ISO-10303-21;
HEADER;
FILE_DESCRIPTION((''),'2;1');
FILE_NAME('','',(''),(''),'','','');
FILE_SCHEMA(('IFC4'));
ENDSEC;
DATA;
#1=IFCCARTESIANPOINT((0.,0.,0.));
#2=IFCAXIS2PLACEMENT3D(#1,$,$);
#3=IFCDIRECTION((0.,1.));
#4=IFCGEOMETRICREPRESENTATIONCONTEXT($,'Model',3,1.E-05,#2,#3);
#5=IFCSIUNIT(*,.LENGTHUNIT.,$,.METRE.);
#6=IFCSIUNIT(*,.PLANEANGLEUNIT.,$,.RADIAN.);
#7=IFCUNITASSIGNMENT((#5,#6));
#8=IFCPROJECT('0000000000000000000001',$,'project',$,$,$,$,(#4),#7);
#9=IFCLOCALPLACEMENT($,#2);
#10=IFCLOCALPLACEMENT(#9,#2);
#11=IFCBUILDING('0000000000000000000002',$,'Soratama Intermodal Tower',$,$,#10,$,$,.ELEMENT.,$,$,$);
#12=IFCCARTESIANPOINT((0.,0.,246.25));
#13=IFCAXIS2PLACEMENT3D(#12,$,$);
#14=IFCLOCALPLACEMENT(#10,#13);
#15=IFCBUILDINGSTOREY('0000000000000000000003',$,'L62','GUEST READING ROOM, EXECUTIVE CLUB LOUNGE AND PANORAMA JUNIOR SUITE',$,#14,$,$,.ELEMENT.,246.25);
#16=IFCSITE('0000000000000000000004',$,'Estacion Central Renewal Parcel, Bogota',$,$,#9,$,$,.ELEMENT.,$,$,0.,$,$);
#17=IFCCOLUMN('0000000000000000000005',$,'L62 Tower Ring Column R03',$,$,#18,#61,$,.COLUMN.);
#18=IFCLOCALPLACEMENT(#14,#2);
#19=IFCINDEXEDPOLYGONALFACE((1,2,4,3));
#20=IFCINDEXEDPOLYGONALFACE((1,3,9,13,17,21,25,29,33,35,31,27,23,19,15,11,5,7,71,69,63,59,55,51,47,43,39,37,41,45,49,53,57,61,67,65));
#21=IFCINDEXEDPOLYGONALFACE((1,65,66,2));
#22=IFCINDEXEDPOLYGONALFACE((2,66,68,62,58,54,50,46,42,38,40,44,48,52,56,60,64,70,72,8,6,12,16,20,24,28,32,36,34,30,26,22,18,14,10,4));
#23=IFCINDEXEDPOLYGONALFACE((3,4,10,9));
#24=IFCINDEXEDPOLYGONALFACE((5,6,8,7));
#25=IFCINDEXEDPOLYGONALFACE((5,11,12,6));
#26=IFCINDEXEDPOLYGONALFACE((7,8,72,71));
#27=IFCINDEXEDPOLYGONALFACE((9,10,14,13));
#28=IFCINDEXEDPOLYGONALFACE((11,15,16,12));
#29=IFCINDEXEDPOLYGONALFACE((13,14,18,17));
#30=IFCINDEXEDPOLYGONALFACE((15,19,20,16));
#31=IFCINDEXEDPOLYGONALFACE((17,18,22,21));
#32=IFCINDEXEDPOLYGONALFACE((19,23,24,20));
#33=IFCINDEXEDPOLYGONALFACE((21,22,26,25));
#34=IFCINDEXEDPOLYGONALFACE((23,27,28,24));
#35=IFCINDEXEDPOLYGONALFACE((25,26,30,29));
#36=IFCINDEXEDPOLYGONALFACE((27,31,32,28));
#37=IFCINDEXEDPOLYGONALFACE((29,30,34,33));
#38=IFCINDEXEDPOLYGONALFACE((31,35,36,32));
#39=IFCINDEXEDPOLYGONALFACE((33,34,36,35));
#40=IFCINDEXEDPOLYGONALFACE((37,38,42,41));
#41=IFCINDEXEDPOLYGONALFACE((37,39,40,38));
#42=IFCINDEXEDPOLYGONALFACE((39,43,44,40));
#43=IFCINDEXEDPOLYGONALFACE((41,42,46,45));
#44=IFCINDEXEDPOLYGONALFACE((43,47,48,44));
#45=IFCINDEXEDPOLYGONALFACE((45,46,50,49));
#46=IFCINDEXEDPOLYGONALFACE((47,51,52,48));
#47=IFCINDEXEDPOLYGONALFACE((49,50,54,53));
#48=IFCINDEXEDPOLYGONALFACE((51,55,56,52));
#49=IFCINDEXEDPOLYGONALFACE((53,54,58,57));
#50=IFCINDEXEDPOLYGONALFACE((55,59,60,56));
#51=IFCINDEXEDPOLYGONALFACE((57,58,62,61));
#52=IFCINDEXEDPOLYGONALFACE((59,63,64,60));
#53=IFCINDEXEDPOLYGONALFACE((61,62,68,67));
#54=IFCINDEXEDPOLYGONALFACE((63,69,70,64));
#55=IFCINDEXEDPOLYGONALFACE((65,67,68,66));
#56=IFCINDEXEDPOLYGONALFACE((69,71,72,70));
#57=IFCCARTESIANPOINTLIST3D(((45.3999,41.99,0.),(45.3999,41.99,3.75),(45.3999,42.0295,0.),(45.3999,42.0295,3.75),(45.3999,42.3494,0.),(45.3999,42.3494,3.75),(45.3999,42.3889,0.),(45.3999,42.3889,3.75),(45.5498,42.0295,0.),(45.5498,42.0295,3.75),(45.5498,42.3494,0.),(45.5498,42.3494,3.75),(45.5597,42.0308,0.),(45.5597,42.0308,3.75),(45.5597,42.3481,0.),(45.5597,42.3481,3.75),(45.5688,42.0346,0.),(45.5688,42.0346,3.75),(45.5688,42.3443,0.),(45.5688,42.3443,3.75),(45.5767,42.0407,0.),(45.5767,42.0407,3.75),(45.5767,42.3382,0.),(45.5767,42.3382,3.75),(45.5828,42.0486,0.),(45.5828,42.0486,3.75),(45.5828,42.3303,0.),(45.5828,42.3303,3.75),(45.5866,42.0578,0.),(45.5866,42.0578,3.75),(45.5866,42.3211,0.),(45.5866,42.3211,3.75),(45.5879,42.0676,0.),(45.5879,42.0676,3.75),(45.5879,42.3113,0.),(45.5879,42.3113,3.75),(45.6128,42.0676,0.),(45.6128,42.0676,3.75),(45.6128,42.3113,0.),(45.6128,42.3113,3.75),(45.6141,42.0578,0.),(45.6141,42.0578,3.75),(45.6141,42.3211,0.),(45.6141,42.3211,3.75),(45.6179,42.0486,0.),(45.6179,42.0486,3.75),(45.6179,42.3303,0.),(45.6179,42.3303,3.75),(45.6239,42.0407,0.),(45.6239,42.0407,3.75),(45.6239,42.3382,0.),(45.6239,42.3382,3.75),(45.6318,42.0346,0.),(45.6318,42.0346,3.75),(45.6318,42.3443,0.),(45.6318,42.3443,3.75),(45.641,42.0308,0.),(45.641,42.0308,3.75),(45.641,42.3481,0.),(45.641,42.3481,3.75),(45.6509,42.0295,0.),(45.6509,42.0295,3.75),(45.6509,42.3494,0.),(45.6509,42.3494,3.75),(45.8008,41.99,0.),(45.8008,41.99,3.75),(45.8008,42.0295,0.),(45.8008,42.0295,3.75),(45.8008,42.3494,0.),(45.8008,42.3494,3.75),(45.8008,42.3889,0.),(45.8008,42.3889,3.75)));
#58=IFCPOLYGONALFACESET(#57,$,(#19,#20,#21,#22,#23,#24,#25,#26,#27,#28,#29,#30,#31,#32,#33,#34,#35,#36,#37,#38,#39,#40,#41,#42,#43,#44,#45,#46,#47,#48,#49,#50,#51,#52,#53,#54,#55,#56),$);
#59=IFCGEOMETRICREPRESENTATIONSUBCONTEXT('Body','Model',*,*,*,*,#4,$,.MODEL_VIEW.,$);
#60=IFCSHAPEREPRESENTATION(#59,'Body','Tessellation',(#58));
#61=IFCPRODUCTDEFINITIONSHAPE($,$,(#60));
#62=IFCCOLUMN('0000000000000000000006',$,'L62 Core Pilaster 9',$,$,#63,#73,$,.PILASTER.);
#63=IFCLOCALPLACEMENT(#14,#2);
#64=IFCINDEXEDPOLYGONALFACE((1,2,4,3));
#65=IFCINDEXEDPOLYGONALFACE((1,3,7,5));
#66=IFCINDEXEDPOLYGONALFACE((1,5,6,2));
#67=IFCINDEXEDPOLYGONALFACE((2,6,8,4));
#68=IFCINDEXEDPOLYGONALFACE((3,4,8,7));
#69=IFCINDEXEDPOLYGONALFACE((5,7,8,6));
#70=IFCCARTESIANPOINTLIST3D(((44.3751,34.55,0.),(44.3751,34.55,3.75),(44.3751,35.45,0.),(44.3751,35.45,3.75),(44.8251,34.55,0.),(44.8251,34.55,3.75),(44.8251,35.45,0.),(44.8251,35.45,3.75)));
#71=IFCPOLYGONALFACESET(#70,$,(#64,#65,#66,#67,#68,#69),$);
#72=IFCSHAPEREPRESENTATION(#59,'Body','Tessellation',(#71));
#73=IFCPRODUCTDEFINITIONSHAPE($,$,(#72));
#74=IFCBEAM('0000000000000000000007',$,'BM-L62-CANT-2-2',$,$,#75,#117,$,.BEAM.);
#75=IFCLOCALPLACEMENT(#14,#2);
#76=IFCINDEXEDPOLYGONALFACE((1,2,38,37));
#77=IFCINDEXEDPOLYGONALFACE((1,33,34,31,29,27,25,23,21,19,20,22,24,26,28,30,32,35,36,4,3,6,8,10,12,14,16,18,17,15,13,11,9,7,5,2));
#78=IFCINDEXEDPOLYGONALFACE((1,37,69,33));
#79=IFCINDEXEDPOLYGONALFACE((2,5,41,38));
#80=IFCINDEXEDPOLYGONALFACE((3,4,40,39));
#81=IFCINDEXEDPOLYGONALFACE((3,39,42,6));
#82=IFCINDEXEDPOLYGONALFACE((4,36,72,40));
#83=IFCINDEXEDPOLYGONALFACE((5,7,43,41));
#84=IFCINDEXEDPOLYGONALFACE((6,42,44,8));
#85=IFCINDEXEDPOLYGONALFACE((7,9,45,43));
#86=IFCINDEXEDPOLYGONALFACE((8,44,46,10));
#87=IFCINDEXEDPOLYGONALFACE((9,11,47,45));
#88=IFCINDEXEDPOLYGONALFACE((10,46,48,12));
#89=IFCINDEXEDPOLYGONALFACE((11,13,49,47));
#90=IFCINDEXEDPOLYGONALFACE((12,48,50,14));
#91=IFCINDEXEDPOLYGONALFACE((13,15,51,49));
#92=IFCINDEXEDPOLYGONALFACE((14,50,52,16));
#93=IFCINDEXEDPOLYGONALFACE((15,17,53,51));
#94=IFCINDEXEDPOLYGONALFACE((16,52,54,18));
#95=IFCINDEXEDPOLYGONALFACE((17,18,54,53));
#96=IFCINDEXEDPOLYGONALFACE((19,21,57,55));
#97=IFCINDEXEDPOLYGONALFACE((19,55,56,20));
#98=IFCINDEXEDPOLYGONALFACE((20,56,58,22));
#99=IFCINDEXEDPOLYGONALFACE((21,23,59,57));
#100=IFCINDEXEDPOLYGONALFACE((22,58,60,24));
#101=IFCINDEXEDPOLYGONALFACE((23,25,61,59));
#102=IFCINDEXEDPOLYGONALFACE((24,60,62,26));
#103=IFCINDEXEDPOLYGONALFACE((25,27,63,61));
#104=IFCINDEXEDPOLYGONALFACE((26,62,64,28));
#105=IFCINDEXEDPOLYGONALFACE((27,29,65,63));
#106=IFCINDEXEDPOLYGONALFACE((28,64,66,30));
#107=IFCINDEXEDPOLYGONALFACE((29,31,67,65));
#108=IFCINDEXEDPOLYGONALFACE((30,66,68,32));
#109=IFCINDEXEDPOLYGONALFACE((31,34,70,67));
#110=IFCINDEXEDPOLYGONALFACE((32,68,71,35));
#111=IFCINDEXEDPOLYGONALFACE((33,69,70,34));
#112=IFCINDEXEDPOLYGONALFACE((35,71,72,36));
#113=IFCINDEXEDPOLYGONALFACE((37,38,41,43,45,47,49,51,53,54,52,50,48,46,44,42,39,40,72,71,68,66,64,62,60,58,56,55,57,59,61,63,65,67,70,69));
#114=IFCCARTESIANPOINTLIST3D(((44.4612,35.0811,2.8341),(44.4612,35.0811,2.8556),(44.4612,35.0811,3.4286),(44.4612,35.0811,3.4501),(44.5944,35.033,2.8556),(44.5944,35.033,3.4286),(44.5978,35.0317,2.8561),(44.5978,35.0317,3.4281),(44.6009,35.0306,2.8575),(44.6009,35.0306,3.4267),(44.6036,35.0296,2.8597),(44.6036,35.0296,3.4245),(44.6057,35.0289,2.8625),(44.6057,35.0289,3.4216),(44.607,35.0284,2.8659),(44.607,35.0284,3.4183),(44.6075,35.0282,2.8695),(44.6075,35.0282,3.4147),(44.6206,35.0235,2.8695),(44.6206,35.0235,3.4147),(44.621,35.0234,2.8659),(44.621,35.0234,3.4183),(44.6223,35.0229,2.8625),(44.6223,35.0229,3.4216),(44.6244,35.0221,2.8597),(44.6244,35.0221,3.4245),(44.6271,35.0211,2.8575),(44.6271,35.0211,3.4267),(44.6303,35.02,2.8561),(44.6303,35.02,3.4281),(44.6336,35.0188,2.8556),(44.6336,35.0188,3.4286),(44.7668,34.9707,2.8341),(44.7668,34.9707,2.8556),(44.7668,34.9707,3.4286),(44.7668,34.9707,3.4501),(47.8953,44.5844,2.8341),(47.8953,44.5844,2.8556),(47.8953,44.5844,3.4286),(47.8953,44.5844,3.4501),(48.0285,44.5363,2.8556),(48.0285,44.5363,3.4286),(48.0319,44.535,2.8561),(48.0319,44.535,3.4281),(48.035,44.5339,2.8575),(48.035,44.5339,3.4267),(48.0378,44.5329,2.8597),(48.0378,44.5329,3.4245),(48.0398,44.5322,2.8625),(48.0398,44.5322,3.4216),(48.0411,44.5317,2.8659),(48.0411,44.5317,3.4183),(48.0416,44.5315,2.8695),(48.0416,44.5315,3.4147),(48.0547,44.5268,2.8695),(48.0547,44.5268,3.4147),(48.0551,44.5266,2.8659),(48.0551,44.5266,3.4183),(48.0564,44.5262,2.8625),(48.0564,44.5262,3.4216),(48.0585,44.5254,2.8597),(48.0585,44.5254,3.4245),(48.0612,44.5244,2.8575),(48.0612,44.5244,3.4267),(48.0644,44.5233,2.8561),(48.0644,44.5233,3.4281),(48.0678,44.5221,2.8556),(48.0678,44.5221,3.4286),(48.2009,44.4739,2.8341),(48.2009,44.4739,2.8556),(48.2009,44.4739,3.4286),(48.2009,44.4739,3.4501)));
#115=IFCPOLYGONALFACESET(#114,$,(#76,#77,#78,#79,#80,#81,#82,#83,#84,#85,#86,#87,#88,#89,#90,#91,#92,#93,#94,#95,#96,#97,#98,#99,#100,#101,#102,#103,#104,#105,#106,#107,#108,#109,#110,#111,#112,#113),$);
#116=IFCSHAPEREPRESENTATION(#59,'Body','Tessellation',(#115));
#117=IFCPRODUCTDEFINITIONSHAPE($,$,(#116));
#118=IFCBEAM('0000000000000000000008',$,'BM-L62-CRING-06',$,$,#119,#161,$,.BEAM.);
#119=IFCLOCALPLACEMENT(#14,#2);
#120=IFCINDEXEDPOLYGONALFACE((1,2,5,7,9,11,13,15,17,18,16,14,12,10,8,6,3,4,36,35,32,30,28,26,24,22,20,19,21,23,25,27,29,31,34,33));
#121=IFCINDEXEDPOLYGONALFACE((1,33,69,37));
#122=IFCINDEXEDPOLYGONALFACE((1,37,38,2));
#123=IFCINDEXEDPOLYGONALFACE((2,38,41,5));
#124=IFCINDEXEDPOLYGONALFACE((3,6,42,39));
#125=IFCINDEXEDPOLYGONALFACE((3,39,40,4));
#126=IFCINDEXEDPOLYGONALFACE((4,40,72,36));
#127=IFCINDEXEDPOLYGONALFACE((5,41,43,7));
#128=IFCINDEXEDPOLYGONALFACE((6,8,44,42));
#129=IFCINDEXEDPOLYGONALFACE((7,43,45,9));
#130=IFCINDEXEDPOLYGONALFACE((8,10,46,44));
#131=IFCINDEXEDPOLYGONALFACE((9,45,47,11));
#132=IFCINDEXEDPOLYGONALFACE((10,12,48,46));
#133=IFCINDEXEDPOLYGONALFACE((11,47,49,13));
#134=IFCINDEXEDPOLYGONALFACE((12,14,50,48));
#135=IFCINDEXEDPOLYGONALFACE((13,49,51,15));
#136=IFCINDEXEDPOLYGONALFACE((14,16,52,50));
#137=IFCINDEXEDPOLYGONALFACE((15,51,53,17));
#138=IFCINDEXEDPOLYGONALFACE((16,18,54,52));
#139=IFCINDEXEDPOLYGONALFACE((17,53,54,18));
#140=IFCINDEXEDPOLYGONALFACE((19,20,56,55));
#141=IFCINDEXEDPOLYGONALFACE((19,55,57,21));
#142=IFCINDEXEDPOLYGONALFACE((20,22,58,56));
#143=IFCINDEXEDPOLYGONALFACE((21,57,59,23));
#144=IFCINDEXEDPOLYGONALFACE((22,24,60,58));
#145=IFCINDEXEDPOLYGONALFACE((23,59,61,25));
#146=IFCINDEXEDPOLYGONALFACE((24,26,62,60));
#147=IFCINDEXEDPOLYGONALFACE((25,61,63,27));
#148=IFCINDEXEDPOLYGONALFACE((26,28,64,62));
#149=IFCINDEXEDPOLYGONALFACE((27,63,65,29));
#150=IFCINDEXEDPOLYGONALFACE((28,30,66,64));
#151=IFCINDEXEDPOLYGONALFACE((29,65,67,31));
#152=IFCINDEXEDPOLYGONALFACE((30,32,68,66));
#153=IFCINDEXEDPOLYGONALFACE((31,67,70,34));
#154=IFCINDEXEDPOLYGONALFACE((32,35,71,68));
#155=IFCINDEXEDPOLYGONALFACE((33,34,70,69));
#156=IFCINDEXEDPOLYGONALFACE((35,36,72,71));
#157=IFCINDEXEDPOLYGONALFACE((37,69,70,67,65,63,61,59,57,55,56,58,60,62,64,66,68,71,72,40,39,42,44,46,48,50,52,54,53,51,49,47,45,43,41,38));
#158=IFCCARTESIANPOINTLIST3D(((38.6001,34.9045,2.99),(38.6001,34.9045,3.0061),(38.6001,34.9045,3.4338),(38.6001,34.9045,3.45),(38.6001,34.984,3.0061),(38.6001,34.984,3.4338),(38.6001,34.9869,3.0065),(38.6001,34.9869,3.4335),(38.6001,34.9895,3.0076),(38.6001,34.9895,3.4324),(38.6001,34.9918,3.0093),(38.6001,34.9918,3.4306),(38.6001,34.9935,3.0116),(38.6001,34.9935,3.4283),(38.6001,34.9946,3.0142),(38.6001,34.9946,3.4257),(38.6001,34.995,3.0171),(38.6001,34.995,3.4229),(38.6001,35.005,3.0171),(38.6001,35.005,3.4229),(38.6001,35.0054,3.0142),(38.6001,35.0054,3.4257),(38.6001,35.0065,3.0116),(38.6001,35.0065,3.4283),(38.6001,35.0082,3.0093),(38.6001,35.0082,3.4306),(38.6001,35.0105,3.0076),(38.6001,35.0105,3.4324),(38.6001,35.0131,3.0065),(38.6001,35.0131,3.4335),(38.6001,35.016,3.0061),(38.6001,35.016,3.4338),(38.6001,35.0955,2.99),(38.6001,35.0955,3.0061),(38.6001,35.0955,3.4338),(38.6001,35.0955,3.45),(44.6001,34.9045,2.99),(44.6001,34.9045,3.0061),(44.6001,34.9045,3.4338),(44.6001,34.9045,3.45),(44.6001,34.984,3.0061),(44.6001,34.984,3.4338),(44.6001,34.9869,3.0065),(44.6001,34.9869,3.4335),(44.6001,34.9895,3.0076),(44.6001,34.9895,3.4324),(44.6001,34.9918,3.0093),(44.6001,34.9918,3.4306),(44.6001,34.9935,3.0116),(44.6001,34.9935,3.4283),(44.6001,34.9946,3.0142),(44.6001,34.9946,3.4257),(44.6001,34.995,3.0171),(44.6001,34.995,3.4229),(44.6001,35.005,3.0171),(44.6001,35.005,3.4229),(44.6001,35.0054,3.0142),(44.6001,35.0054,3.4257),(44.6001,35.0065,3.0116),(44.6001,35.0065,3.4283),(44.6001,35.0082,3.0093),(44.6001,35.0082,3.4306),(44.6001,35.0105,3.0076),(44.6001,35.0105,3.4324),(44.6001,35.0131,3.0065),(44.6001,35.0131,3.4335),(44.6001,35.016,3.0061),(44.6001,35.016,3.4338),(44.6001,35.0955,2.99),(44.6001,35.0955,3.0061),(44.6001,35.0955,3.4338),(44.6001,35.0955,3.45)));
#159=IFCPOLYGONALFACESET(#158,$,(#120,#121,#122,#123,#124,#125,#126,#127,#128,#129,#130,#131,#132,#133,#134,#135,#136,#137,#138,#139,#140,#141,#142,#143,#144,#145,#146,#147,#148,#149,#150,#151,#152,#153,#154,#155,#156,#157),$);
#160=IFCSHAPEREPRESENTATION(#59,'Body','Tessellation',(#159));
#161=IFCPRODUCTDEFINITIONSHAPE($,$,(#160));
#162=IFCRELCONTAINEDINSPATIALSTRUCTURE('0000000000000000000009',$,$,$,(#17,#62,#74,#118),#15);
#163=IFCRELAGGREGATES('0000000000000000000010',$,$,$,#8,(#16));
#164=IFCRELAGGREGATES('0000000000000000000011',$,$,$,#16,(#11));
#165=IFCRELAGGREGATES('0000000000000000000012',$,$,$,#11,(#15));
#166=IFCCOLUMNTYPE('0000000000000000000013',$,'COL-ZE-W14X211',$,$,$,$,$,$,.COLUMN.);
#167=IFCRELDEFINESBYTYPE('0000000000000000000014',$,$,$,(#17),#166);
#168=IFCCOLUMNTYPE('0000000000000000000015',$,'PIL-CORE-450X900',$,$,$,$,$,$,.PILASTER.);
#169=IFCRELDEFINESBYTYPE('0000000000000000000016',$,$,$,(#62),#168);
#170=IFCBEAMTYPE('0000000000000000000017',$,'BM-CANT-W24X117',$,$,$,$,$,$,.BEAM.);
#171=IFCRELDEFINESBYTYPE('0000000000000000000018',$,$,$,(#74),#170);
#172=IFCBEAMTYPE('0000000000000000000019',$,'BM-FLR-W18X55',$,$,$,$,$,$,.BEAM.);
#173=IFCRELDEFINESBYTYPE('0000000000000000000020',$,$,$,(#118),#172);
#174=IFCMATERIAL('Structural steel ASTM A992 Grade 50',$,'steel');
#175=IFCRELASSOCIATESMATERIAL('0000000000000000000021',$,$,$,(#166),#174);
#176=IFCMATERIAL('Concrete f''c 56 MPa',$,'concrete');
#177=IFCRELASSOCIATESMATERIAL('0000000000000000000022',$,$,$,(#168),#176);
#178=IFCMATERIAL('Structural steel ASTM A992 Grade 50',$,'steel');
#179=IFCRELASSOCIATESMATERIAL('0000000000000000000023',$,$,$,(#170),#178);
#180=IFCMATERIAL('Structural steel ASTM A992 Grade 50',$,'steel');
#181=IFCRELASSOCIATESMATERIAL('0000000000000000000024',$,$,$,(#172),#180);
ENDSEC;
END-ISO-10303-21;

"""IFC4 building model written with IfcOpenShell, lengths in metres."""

from ifc_helpers import new_model, si_unit, direction, frame, origin, origin_2d, place, context, subcontext, project, spatial, rectangle, i_section, extrude, material, material_profile, profile_set, type_object, element, save


model = new_model("IFC4")

# Units and contexts
model_context = context("Model", 3, precision=1e-05, world=origin(), true_north=direction((0.0, 1.0)))
body_context = subcontext(model_context, "Body", "Model", "MODEL_VIEW")
ifc_project = project(units=[si_unit("LENGTHUNIT", "METRE"), si_unit("PLANEANGLEUNIT", "RADIAN")], contexts=[model_context])

# Site, building, storey
site_placement = place(None, origin())
site = spatial("IfcSite", under=ifc_project, at=site_placement, Name="Estacion Central Renewal Parcel, Bogota", CompositionType="ELEMENT", RefElevation=0.0)
building_placement = place(site_placement, origin())
building = spatial("IfcBuilding", under=site, at=building_placement, Name="Soratama Intermodal Tower", CompositionType="ELEMENT")
storey_placement = place(building_placement, frame((0.0, 0.0, 246.25)))
storey = spatial("IfcBuildingStorey", under=building, at=storey_placement, Name="L62", Description="GUEST READING ROOM, EXECUTIVE CLUB LOUNGE AND PANORAMA JUNIOR SUITE", CompositionType="ELEMENT", Elevation=246.25)

# Columns
ifc_material_1 = material(Name="Structural steel ASTM A992 Grade 50", Category="steel")
ifc_material_profile_1 = material_profile(ifc_material_1, i_section(OverallWidth=0.4009, OverallDepth=0.3989, WebThickness=0.0249, FlangeThickness=0.0396, FilletRadius=0.0381, at=origin_2d()), Name="W14X211")
ifc_profile_set_1 = profile_set([ifc_material_profile_1], Name="Structural steel ASTM A992 Grade 50")
column_type_1 = type_object("IfcColumnType", Name="COL-ZE-W14X211", PredefinedType="COLUMN", material=ifc_profile_set_1)
column_1_placement = place(storey_placement, frame((45.6003, 42.1895, 0.0), z_axis=(0.0, 0.0, 1.0), x_axis=(1.0, 0.0, 0.0)))
element("IfcColumn", 1, at=column_1_placement, inside=storey, type_object=column_type_1, Name="L62 Tower Ring Column R03", PredefinedType="COLUMN", context=body_context, shape_type="SweptSolid", body=[
    extrude(i_section(OverallWidth=0.4009, OverallDepth=0.3989, WebThickness=0.0249, FlangeThickness=0.0396, FilletRadius=0.0381, at=origin_2d()), origin(), (0.0, 0.0, 1.0), 3.75),
])
ifc_material_2 = material(Name="Concrete f'c 56 MPa", Category="concrete")
ifc_material_profile_2 = material_profile(ifc_material_2, rectangle(XDim=0.45, YDim=0.8999, at=origin_2d()), Name="RC450X900")
ifc_profile_set_2 = profile_set([ifc_material_profile_2], Name="Concrete f'c 56 MPa")
column_type_2 = type_object("IfcColumnType", Name="PIL-CORE-450X900", PredefinedType="PILASTER", material=ifc_profile_set_2)
column_2_placement = place(storey_placement, frame((44.6001, 35.0, 0.0), z_axis=(0.0, 0.0, 1.0), x_axis=(1.0, 0.0, 0.0)))
element("IfcColumn", 2, at=column_2_placement, inside=storey, type_object=column_type_2, Name="L62 Core Pilaster 9", PredefinedType="PILASTER", context=body_context, shape_type="SweptSolid", body=[
    extrude(rectangle(XDim=0.45, YDim=0.8999, at=origin_2d()), origin(), (0.0, 0.0, 1.0), 3.75),
])

# Beams
ifc_material_3 = material(Name="Structural steel ASTM A992 Grade 50", Category="steel")
ifc_material_profile_3 = material_profile(ifc_material_3, i_section(OverallWidth=0.325, OverallDepth=0.616, WebThickness=0.0139, FlangeThickness=0.0215, FilletRadius=0.0139, at=origin_2d()), Name="W24X117")
ifc_profile_set_3 = profile_set([ifc_material_profile_3], Name="Structural steel ASTM A992 Grade 50")
beam_type_1 = type_object("IfcBeamType", Name="BM-CANT-W24X117", PredefinedType="BEAM", material=ifc_profile_set_3)
beam_1_placement = place(storey_placement, frame((44.614, 35.0259, 3.1421), z_axis=(0.339853, 0.940479, 0.0), x_axis=(-0.940479, 0.339853, 0.0)))
element("IfcBeam", 3, at=beam_1_placement, inside=storey, type_object=beam_type_1, Name="BM-L62-CANT-2-2", PredefinedType="BEAM", context=body_context, shape_type="SweptSolid", body=[
    extrude(i_section(OverallWidth=0.325, OverallDepth=0.616, WebThickness=0.0139, FlangeThickness=0.0215, FilletRadius=0.0139, at=origin_2d()), origin(), (0.0, 0.0, 1.0), 10.1047),
])
ifc_material_4 = material(Name="Structural steel ASTM A992 Grade 50", Category="steel")
ifc_material_profile_4 = material_profile(ifc_material_4, i_section(OverallWidth=0.1909, OverallDepth=0.46, WebThickness=0.01, FlangeThickness=0.0161, FilletRadius=0.011, at=origin_2d()), Name="W18X55")
ifc_profile_set_4 = profile_set([ifc_material_profile_4], Name="Structural steel ASTM A992 Grade 50")
beam_type_2 = type_object("IfcBeamType", Name="BM-FLR-W18X55", PredefinedType="BEAM", material=ifc_profile_set_4)
beam_2_placement = place(storey_placement, frame((44.6001, 35.0, 3.22), z_axis=(-1.0, 0.0, 0.0), x_axis=(0.0, -1.0, 0.0)))
element("IfcBeam", 4, at=beam_2_placement, inside=storey, type_object=beam_type_2, Name="BM-L62-CRING-06", PredefinedType="BEAM", context=body_context, shape_type="SweptSolid", body=[
    extrude(i_section(OverallWidth=0.1909, OverallDepth=0.46, WebThickness=0.01, FlangeThickness=0.0161, FilletRadius=0.011, at=origin_2d()), origin(), (0.0, 0.0, 1.0), 6.0),
])

save(model, "model.ifc")
